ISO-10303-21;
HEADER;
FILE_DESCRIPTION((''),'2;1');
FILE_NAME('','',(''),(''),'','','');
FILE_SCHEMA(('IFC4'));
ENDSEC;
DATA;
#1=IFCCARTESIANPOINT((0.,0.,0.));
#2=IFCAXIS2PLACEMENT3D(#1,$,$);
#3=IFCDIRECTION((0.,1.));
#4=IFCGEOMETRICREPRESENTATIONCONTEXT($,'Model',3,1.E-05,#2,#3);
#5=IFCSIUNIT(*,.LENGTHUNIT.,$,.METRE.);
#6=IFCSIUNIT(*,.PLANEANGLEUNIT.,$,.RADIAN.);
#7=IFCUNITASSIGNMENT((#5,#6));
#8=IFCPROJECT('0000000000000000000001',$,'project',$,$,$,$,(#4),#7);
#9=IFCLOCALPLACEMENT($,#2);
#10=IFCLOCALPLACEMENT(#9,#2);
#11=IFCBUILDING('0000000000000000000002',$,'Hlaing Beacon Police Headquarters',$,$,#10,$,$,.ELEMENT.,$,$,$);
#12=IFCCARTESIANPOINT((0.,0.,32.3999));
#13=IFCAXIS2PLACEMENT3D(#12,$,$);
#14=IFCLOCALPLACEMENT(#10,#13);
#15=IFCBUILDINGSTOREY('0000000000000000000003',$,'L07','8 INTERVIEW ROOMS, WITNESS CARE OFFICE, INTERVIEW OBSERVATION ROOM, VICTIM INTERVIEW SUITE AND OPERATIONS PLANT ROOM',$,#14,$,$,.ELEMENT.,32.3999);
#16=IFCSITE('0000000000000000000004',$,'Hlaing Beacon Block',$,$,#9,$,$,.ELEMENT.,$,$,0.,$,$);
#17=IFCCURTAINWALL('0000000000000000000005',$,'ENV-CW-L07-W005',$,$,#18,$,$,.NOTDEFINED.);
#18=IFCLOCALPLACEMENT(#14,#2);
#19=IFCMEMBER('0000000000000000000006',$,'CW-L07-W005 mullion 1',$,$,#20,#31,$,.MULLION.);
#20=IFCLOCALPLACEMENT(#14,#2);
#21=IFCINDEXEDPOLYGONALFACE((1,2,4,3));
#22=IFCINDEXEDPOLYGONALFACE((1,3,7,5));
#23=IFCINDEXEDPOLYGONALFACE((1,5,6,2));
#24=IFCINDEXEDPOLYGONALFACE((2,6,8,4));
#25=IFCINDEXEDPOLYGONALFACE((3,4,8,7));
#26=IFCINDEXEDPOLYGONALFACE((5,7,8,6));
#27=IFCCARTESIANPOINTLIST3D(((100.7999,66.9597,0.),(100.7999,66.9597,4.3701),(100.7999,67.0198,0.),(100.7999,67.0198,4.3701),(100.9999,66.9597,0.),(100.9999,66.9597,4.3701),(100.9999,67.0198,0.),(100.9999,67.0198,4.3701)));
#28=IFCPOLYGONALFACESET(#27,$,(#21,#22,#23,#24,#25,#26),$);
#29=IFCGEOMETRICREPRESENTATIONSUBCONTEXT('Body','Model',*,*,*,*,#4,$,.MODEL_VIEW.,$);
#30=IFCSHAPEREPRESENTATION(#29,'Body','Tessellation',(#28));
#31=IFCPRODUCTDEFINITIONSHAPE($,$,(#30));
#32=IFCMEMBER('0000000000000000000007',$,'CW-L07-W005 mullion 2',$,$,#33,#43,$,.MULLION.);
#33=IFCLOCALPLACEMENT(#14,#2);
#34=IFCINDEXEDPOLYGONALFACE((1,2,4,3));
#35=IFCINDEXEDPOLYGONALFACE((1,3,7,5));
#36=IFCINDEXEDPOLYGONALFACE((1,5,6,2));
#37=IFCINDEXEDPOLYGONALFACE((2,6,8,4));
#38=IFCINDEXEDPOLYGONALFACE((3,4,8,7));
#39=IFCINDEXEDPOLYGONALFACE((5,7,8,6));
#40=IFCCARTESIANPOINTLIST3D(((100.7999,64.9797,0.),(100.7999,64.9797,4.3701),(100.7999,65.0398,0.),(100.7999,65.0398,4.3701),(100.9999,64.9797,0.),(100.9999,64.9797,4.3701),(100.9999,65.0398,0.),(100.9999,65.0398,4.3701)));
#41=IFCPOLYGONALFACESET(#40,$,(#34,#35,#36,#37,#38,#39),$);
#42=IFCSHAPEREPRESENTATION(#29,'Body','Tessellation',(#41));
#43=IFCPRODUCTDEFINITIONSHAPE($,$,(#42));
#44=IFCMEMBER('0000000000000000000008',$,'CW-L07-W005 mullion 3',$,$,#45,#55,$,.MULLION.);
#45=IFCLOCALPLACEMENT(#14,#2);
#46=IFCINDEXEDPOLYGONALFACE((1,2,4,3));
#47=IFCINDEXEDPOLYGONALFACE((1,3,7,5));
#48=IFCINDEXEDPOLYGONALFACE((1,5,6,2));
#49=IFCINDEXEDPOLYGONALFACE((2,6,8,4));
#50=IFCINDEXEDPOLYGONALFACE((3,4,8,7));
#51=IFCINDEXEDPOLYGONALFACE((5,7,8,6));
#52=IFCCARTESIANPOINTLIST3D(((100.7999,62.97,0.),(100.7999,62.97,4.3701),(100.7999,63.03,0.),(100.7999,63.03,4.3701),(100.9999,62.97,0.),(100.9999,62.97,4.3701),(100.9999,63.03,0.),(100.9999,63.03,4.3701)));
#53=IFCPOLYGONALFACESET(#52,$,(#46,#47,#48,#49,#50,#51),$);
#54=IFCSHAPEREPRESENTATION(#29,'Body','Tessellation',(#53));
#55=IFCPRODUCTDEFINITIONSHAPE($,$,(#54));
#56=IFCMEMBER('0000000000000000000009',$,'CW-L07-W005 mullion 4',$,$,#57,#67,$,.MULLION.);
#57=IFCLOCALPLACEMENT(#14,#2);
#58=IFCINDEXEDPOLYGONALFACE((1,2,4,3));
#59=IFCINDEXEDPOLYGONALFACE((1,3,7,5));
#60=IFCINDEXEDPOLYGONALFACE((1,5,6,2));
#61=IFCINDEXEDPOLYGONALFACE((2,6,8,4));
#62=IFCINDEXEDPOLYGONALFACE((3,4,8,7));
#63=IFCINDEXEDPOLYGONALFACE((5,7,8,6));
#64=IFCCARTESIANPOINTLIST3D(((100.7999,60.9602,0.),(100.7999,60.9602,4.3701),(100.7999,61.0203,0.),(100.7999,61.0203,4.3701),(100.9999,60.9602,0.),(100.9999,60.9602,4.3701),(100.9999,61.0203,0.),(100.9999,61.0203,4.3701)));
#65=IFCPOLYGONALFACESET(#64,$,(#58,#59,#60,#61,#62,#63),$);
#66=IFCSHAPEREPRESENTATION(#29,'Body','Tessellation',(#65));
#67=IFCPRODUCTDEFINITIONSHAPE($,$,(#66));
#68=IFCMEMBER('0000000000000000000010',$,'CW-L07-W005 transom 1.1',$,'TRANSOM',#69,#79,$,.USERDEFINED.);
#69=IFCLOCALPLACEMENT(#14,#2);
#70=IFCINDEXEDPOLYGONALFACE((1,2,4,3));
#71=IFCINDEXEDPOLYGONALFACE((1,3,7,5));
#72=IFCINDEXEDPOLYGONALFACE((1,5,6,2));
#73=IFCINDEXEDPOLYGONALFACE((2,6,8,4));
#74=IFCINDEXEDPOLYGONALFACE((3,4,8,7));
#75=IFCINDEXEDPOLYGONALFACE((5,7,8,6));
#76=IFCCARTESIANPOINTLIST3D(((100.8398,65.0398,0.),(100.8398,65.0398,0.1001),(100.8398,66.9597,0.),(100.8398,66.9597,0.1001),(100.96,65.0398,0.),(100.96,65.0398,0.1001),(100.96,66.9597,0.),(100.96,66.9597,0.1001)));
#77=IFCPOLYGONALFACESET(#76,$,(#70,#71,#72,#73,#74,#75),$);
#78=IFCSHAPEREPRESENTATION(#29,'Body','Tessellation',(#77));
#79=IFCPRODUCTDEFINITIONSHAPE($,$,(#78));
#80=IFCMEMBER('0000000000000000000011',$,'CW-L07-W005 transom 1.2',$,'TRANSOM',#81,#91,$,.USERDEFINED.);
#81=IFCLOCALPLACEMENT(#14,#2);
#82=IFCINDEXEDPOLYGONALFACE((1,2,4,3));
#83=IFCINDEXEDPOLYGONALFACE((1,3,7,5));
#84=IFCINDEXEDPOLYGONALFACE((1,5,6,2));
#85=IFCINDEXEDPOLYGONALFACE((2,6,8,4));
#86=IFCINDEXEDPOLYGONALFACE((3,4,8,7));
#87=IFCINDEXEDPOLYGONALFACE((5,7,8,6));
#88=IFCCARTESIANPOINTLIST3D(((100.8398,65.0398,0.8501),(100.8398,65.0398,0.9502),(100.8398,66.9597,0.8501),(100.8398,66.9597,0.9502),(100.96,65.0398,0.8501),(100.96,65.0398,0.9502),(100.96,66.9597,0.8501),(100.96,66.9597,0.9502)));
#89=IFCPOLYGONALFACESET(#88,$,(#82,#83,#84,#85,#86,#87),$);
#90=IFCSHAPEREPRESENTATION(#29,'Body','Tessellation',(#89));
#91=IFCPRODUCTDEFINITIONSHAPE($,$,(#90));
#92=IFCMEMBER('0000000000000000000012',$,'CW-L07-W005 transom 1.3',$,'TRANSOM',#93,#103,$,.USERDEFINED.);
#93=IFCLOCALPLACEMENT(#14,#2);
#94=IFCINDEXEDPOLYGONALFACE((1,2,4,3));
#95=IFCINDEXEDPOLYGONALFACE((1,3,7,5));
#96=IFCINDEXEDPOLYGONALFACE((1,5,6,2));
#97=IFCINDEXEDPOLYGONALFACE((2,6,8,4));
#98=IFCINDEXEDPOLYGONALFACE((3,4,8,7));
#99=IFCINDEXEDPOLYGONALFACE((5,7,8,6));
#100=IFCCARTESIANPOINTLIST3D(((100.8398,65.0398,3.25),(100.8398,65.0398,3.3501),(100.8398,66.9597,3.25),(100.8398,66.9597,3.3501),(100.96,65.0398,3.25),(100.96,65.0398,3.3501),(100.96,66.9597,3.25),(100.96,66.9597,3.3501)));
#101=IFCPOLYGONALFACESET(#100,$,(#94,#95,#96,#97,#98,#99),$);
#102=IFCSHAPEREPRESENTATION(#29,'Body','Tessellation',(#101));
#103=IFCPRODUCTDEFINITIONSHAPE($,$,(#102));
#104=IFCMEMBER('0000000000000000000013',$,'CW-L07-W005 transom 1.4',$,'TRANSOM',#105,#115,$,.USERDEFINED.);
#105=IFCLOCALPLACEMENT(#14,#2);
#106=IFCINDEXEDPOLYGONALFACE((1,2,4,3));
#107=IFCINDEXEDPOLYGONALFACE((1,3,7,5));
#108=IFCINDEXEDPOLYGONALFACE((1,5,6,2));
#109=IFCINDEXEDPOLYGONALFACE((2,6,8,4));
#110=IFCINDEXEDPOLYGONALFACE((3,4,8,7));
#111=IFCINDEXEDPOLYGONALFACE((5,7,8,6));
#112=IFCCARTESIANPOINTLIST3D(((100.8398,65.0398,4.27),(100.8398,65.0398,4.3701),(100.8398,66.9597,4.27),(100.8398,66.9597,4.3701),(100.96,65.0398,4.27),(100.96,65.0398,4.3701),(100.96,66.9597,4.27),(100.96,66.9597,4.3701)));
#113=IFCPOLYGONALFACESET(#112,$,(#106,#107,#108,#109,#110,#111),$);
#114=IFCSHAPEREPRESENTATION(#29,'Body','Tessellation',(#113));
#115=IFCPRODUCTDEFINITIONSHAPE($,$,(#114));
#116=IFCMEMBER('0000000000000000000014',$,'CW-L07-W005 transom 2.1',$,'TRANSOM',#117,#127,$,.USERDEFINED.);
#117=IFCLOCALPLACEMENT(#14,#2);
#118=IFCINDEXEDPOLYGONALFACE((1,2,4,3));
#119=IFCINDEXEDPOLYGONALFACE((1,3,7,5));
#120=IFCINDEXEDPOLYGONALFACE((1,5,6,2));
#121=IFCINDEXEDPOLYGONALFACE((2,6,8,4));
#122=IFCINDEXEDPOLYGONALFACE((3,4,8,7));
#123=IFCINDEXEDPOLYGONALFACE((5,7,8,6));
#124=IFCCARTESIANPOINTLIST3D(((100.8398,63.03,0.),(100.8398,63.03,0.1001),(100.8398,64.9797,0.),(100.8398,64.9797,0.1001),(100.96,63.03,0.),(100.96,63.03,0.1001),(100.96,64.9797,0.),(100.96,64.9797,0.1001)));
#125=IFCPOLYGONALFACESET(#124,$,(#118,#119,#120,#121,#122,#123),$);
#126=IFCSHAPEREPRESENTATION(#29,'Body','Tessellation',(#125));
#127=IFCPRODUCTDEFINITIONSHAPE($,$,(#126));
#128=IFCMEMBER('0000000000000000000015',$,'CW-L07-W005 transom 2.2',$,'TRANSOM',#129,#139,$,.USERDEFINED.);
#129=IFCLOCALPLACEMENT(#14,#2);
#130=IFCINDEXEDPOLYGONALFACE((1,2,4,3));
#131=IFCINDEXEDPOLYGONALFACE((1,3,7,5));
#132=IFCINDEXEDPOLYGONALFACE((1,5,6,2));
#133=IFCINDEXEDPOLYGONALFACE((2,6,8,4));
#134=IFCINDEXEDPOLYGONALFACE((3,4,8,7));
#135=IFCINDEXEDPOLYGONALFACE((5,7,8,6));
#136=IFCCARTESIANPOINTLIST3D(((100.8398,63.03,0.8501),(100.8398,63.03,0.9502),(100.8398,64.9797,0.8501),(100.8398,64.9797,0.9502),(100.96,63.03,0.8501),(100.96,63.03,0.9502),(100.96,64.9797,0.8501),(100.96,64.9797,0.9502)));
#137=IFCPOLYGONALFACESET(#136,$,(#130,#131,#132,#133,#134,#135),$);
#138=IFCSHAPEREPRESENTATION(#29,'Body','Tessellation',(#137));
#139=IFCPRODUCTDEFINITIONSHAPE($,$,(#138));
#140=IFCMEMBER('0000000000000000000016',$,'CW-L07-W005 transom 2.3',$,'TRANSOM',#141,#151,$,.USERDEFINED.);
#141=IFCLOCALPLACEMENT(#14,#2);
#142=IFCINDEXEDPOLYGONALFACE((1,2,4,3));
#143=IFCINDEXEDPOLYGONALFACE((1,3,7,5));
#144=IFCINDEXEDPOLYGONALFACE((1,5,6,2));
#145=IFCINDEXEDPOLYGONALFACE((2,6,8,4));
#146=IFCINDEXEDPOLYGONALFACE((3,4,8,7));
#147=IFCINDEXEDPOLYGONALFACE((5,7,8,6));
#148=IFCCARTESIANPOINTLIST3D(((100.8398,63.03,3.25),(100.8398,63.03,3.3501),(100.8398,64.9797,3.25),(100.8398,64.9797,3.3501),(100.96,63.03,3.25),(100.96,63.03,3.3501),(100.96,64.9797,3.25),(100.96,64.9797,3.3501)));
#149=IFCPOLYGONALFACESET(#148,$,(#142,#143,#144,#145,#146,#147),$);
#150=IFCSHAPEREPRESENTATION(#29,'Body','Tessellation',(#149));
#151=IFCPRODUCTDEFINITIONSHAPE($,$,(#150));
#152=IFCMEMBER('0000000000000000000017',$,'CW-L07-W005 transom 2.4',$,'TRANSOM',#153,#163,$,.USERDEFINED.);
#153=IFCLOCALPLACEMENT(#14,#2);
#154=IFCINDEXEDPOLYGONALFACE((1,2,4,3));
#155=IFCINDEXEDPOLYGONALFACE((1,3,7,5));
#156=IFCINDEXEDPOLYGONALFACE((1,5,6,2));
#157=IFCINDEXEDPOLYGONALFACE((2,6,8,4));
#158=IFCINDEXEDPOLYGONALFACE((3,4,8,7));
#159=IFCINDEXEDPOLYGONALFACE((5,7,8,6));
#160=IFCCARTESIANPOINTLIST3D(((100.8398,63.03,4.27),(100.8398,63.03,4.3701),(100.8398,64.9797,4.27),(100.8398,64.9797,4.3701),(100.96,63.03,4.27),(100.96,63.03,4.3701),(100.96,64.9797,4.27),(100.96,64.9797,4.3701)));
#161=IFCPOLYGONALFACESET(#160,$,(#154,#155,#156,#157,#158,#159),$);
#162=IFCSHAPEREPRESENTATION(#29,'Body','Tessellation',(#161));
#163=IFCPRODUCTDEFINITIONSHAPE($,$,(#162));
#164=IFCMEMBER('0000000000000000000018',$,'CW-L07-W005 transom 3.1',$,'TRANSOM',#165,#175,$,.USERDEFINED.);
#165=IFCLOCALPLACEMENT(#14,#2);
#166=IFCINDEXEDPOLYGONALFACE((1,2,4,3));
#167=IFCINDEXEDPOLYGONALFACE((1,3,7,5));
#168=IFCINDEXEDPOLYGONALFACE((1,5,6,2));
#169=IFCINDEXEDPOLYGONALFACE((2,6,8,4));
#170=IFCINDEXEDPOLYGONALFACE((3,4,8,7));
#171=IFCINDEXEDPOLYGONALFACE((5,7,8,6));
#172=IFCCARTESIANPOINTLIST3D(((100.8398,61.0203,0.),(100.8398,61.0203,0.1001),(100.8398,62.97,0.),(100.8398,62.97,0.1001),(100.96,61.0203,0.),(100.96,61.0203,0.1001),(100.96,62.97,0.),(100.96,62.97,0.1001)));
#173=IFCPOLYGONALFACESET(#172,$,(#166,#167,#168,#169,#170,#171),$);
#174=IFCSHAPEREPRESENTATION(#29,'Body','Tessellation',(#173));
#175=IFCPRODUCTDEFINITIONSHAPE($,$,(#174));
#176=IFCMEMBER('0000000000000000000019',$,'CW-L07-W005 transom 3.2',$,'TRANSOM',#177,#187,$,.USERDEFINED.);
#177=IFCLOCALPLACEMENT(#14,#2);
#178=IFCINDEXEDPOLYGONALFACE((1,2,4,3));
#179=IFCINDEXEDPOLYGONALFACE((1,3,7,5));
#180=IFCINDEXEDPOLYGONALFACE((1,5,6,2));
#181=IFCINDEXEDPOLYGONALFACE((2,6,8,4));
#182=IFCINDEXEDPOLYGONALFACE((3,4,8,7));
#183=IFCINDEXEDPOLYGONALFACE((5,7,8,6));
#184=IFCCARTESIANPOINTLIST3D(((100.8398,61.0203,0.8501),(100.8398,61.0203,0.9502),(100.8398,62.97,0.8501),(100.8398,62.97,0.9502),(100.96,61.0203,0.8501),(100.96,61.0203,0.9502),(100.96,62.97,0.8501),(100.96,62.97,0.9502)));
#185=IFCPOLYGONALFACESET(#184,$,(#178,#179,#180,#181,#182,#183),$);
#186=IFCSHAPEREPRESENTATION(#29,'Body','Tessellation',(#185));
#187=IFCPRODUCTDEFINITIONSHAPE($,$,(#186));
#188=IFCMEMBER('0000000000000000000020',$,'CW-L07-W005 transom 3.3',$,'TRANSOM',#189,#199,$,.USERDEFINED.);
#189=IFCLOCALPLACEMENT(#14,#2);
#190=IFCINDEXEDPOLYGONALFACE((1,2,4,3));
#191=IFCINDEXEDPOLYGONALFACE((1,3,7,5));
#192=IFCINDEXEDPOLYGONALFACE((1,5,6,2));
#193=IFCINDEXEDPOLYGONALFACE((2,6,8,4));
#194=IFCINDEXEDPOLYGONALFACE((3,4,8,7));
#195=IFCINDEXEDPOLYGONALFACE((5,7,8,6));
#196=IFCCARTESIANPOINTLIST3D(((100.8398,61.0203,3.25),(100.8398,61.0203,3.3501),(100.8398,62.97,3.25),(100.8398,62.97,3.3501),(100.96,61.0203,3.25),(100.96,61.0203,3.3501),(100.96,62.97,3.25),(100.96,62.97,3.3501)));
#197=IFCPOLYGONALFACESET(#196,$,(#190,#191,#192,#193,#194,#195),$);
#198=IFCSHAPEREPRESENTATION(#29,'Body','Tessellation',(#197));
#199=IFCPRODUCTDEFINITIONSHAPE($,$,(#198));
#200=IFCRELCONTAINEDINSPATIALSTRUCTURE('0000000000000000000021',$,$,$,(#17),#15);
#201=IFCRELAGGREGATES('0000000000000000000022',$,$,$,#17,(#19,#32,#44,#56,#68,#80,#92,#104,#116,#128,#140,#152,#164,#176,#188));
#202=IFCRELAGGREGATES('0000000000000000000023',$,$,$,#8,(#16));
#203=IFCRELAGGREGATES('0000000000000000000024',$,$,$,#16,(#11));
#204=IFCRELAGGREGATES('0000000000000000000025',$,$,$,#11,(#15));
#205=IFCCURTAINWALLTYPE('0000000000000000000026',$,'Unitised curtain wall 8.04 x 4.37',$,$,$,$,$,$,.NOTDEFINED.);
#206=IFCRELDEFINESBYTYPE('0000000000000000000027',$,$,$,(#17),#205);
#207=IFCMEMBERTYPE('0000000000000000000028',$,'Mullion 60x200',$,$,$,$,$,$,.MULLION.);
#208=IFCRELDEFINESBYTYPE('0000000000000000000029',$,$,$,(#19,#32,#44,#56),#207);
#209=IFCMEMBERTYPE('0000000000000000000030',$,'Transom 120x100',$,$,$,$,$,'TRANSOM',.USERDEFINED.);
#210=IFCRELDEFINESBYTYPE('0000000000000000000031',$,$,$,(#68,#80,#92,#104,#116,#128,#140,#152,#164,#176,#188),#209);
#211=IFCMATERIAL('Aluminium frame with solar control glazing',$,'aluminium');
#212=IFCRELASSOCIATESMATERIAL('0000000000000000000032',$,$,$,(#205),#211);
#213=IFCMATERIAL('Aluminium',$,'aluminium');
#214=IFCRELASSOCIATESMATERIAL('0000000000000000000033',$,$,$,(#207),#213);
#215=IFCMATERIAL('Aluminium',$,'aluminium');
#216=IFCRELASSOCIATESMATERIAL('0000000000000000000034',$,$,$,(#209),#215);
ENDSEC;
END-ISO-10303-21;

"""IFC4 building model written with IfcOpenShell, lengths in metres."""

from ifc_helpers import new_model, si_unit, direction, frame, origin, origin_2d, place, context, subcontext, project, spatial, rectangle, extrude, material, material_profile, profile_set, type_object, element, aggregate, save


model = new_model("IFC4")

# Units and contexts
model_context = context("Model", 3, precision=1e-05, world=origin(), true_north=direction((0.0, 1.0)))
body_context = subcontext(model_context, "Body", "Model", "MODEL_VIEW")
ifc_project = project(units=[si_unit("LENGTHUNIT", "METRE"), si_unit("PLANEANGLEUNIT", "RADIAN")], contexts=[model_context])

# Site, building, storey
site_placement = place(None, origin())
site = spatial("IfcSite", under=ifc_project, at=site_placement, Name="Hlaing Beacon Block", CompositionType="ELEMENT", RefElevation=0.0)
building_placement = place(site_placement, origin())
building = spatial("IfcBuilding", under=site, at=building_placement, Name="Hlaing Beacon Police Headquarters", CompositionType="ELEMENT")
storey_placement = place(building_placement, frame((0.0, 0.0, 32.3999)))
storey = spatial("IfcBuildingStorey", under=building, at=storey_placement, Name="L07", Description="8 INTERVIEW ROOMS, WITNESS CARE OFFICE, INTERVIEW OBSERVATION ROOM, VICTIM INTERVIEW SUITE AND OPERATIONS PLANT ROOM", CompositionType="ELEMENT", Elevation=32.3999)

# Curtain wall, members
ifc_material_1 = material(Name="Aluminium frame with solar control glazing", Category="aluminium")
curtain_wall_type = type_object("IfcCurtainWallType", Name="Unitised curtain wall 8.04 x 4.37", PredefinedType="NOTDEFINED", material=ifc_material_1)
curtain_wall_placement = place(storey_placement, origin())
curtain_wall = element("IfcCurtainWall", 1, at=curtain_wall_placement, inside=storey, type_object=curtain_wall_type, Name="ENV-CW-L07-W005", PredefinedType="NOTDEFINED")
ifc_material_2 = material(Name="Aluminium", Category="aluminium")
ifc_material_profile_1 = material_profile(ifc_material_2, rectangle(XDim=0.2, YDim=0.0601, at=origin_2d()), Name="Mullion 60x200")
ifc_profile_set_1 = profile_set([ifc_material_profile_1], Name="Aluminium")
member_type_1 = type_object("IfcMemberType", Name="Mullion 60x200", PredefinedType="MULLION", material=ifc_profile_set_1)
member_1_placement = place(storey_placement, frame((100.8999, 66.9897, 0.0), z_axis=(0.0, 0.0, 1.0), x_axis=(1.0, 0.0, 0.0)))
member_1 = element("IfcMember", 2, at=member_1_placement, type_object=member_type_1, Name="CW-L07-W005 mullion 1", PredefinedType="MULLION", context=body_context, shape_type="SweptSolid", body=[
    extrude(rectangle(XDim=0.2, YDim=0.0601, at=origin_2d()), origin(), (0.0, 0.0, 1.0), 4.3701),
])
member_2_placement = place(storey_placement, frame((100.8999, 65.0098, 0.0), z_axis=(0.0, 0.0, 1.0), x_axis=(1.0, 0.0, 0.0)))
member_2 = element("IfcMember", 3, at=member_2_placement, type_object=member_type_1, Name="CW-L07-W005 mullion 2", PredefinedType="MULLION", context=body_context, shape_type="SweptSolid", body=[
    extrude(rectangle(XDim=0.2, YDim=0.0601, at=origin_2d()), origin(), (0.0, 0.0, 1.0), 4.3701),
])
member_3_placement = place(storey_placement, frame((100.8999, 63.0, 0.0), z_axis=(0.0, 0.0, 1.0), x_axis=(1.0, 0.0, 0.0)))
member_3 = element("IfcMember", 4, at=member_3_placement, type_object=member_type_1, Name="CW-L07-W005 mullion 3", PredefinedType="MULLION", context=body_context, shape_type="SweptSolid", body=[
    extrude(rectangle(XDim=0.2, YDim=0.0601, at=origin_2d()), origin(), (0.0, 0.0, 1.0), 4.3701),
])
member_4_placement = place(storey_placement, frame((100.8999, 60.9902, 0.0), z_axis=(0.0, 0.0, 1.0), x_axis=(1.0, 0.0, 0.0)))
member_4 = element("IfcMember", 5, at=member_4_placement, type_object=member_type_1, Name="CW-L07-W005 mullion 4", PredefinedType="MULLION", context=body_context, shape_type="SweptSolid", body=[
    extrude(rectangle(XDim=0.2, YDim=0.0601, at=origin_2d()), origin(), (0.0, 0.0, 1.0), 4.3701),
])
ifc_material_3 = material(Name="Aluminium", Category="aluminium")
ifc_material_profile_2 = material_profile(ifc_material_3, rectangle(XDim=0.1201, YDim=0.1001, at=origin_2d()), Name="Transom 120x100")
ifc_profile_set_2 = profile_set([ifc_material_profile_2], Name="Aluminium")
member_type_2 = type_object("IfcMemberType", Name="Transom 120x100", ElementType="TRANSOM", PredefinedType="USERDEFINED", material=ifc_profile_set_2)
member_5_placement = place(storey_placement, frame((100.8999, 66.9597, 0.05), z_axis=(0.0, -1.0, 0.0), x_axis=(1.0, 0.0, 0.0)))
member_5 = element("IfcMember", 6, at=member_5_placement, type_object=member_type_2, Name="CW-L07-W005 transom 1.1", ObjectType="TRANSOM", PredefinedType="USERDEFINED", context=body_context, shape_type="SweptSolid", body=[
    extrude(rectangle(XDim=0.1201, YDim=0.1001, at=origin_2d()), origin(), (0.0, 0.0, 1.0), 1.9199),
])
member_6_placement = place(storey_placement, frame((100.8999, 66.9597, 0.9001), z_axis=(0.0, -1.0, 0.0), x_axis=(1.0, 0.0, 0.0)))
member_6 = element("IfcMember", 7, at=member_6_placement, type_object=member_type_2, Name="CW-L07-W005 transom 1.2", ObjectType="TRANSOM", PredefinedType="USERDEFINED", context=body_context, shape_type="SweptSolid", body=[
    extrude(rectangle(XDim=0.1201, YDim=0.1001, at=origin_2d()), origin(), (0.0, 0.0, 1.0), 1.9199),
])
member_7_placement = place(storey_placement, frame((100.8999, 66.9597, 3.3), z_axis=(0.0, -1.0, 0.0), x_axis=(1.0, 0.0, 0.0)))
member_7 = element("IfcMember", 8, at=member_7_placement, type_object=member_type_2, Name="CW-L07-W005 transom 1.3", ObjectType="TRANSOM", PredefinedType="USERDEFINED", context=body_context, shape_type="SweptSolid", body=[
    extrude(rectangle(XDim=0.1201, YDim=0.1001, at=origin_2d()), origin(), (0.0, 0.0, 1.0), 1.9199),
])
member_8_placement = place(storey_placement, frame((100.8999, 66.9597, 4.3201), z_axis=(0.0, -1.0, 0.0), x_axis=(1.0, 0.0, 0.0)))
member_8 = element("IfcMember", 9, at=member_8_placement, type_object=member_type_2, Name="CW-L07-W005 transom 1.4", ObjectType="TRANSOM", PredefinedType="USERDEFINED", context=body_context, shape_type="SweptSolid", body=[
    extrude(rectangle(XDim=0.1201, YDim=0.1001, at=origin_2d()), origin(), (0.0, 0.0, 1.0), 1.9199),
])
member_9_placement = place(storey_placement, frame((100.8999, 64.9797, 0.05), z_axis=(0.0, -1.0, 0.0), x_axis=(1.0, 0.0, 0.0)))
member_9 = element("IfcMember", 10, at=member_9_placement, type_object=member_type_2, Name="CW-L07-W005 transom 2.1", ObjectType="TRANSOM", PredefinedType="USERDEFINED", context=body_context, shape_type="SweptSolid", body=[
    extrude(rectangle(XDim=0.1201, YDim=0.1001, at=origin_2d()), origin(), (0.0, 0.0, 1.0), 1.9497),
])
member_10_placement = place(storey_placement, frame((100.8999, 64.9797, 0.9001), z_axis=(0.0, -1.0, 0.0), x_axis=(1.0, 0.0, 0.0)))
member_10 = element("IfcMember", 11, at=member_10_placement, type_object=member_type_2, Name="CW-L07-W005 transom 2.2", ObjectType="TRANSOM", PredefinedType="USERDEFINED", context=body_context, shape_type="SweptSolid", body=[
    extrude(rectangle(XDim=0.1201, YDim=0.1001, at=origin_2d()), origin(), (0.0, 0.0, 1.0), 1.9497),
])
member_11_placement = place(storey_placement, frame((100.8999, 64.9797, 3.3), z_axis=(0.0, -1.0, 0.0), x_axis=(1.0, 0.0, 0.0)))
member_11 = element("IfcMember", 12, at=member_11_placement, type_object=member_type_2, Name="CW-L07-W005 transom 2.3", ObjectType="TRANSOM", PredefinedType="USERDEFINED", context=body_context, shape_type="SweptSolid", body=[
    extrude(rectangle(XDim=0.1201, YDim=0.1001, at=origin_2d()), origin(), (0.0, 0.0, 1.0), 1.9497),
])
member_12_placement = place(storey_placement, frame((100.8999, 64.9797, 4.3201), z_axis=(0.0, -1.0, 0.0), x_axis=(1.0, 0.0, 0.0)))
member_12 = element("IfcMember", 13, at=member_12_placement, type_object=member_type_2, Name="CW-L07-W005 transom 2.4", ObjectType="TRANSOM", PredefinedType="USERDEFINED", context=body_context, shape_type="SweptSolid", body=[
    extrude(rectangle(XDim=0.1201, YDim=0.1001, at=origin_2d()), origin(), (0.0, 0.0, 1.0), 1.9497),
])
member_13_placement = place(storey_placement, frame((100.8999, 62.97, 0.05), z_axis=(0.0, -1.0, 0.0), x_axis=(1.0, 0.0, 0.0)))
member_13 = element("IfcMember", 14, at=member_13_placement, type_object=member_type_2, Name="CW-L07-W005 transom 3.1", ObjectType="TRANSOM", PredefinedType="USERDEFINED", context=body_context, shape_type="SweptSolid", body=[
    extrude(rectangle(XDim=0.1201, YDim=0.1001, at=origin_2d()), origin(), (0.0, 0.0, 1.0), 1.9497),
])
member_14_placement = place(storey_placement, frame((100.8999, 62.97, 0.9001), z_axis=(0.0, -1.0, 0.0), x_axis=(1.0, 0.0, 0.0)))
member_14 = element("IfcMember", 15, at=member_14_placement, type_object=member_type_2, Name="CW-L07-W005 transom 3.2", ObjectType="TRANSOM", PredefinedType="USERDEFINED", context=body_context, shape_type="SweptSolid", body=[
    extrude(rectangle(XDim=0.1201, YDim=0.1001, at=origin_2d()), origin(), (0.0, 0.0, 1.0), 1.9497),
])
member_15_placement = place(storey_placement, frame((100.8999, 62.97, 3.3), z_axis=(0.0, -1.0, 0.0), x_axis=(1.0, 0.0, 0.0)))
member_15 = element("IfcMember", 16, at=member_15_placement, type_object=member_type_2, Name="CW-L07-W005 transom 3.3", ObjectType="TRANSOM", PredefinedType="USERDEFINED", context=body_context, shape_type="SweptSolid", body=[
    extrude(rectangle(XDim=0.1201, YDim=0.1001, at=origin_2d()), origin(), (0.0, 0.0, 1.0), 1.9497),
])
aggregate(curtain_wall, [member_1, member_2, member_3, member_4, member_5, member_6, member_7, member_8, member_9, member_10, member_11, member_12, member_13, member_14, member_15])

save(model, "model.ifc")
